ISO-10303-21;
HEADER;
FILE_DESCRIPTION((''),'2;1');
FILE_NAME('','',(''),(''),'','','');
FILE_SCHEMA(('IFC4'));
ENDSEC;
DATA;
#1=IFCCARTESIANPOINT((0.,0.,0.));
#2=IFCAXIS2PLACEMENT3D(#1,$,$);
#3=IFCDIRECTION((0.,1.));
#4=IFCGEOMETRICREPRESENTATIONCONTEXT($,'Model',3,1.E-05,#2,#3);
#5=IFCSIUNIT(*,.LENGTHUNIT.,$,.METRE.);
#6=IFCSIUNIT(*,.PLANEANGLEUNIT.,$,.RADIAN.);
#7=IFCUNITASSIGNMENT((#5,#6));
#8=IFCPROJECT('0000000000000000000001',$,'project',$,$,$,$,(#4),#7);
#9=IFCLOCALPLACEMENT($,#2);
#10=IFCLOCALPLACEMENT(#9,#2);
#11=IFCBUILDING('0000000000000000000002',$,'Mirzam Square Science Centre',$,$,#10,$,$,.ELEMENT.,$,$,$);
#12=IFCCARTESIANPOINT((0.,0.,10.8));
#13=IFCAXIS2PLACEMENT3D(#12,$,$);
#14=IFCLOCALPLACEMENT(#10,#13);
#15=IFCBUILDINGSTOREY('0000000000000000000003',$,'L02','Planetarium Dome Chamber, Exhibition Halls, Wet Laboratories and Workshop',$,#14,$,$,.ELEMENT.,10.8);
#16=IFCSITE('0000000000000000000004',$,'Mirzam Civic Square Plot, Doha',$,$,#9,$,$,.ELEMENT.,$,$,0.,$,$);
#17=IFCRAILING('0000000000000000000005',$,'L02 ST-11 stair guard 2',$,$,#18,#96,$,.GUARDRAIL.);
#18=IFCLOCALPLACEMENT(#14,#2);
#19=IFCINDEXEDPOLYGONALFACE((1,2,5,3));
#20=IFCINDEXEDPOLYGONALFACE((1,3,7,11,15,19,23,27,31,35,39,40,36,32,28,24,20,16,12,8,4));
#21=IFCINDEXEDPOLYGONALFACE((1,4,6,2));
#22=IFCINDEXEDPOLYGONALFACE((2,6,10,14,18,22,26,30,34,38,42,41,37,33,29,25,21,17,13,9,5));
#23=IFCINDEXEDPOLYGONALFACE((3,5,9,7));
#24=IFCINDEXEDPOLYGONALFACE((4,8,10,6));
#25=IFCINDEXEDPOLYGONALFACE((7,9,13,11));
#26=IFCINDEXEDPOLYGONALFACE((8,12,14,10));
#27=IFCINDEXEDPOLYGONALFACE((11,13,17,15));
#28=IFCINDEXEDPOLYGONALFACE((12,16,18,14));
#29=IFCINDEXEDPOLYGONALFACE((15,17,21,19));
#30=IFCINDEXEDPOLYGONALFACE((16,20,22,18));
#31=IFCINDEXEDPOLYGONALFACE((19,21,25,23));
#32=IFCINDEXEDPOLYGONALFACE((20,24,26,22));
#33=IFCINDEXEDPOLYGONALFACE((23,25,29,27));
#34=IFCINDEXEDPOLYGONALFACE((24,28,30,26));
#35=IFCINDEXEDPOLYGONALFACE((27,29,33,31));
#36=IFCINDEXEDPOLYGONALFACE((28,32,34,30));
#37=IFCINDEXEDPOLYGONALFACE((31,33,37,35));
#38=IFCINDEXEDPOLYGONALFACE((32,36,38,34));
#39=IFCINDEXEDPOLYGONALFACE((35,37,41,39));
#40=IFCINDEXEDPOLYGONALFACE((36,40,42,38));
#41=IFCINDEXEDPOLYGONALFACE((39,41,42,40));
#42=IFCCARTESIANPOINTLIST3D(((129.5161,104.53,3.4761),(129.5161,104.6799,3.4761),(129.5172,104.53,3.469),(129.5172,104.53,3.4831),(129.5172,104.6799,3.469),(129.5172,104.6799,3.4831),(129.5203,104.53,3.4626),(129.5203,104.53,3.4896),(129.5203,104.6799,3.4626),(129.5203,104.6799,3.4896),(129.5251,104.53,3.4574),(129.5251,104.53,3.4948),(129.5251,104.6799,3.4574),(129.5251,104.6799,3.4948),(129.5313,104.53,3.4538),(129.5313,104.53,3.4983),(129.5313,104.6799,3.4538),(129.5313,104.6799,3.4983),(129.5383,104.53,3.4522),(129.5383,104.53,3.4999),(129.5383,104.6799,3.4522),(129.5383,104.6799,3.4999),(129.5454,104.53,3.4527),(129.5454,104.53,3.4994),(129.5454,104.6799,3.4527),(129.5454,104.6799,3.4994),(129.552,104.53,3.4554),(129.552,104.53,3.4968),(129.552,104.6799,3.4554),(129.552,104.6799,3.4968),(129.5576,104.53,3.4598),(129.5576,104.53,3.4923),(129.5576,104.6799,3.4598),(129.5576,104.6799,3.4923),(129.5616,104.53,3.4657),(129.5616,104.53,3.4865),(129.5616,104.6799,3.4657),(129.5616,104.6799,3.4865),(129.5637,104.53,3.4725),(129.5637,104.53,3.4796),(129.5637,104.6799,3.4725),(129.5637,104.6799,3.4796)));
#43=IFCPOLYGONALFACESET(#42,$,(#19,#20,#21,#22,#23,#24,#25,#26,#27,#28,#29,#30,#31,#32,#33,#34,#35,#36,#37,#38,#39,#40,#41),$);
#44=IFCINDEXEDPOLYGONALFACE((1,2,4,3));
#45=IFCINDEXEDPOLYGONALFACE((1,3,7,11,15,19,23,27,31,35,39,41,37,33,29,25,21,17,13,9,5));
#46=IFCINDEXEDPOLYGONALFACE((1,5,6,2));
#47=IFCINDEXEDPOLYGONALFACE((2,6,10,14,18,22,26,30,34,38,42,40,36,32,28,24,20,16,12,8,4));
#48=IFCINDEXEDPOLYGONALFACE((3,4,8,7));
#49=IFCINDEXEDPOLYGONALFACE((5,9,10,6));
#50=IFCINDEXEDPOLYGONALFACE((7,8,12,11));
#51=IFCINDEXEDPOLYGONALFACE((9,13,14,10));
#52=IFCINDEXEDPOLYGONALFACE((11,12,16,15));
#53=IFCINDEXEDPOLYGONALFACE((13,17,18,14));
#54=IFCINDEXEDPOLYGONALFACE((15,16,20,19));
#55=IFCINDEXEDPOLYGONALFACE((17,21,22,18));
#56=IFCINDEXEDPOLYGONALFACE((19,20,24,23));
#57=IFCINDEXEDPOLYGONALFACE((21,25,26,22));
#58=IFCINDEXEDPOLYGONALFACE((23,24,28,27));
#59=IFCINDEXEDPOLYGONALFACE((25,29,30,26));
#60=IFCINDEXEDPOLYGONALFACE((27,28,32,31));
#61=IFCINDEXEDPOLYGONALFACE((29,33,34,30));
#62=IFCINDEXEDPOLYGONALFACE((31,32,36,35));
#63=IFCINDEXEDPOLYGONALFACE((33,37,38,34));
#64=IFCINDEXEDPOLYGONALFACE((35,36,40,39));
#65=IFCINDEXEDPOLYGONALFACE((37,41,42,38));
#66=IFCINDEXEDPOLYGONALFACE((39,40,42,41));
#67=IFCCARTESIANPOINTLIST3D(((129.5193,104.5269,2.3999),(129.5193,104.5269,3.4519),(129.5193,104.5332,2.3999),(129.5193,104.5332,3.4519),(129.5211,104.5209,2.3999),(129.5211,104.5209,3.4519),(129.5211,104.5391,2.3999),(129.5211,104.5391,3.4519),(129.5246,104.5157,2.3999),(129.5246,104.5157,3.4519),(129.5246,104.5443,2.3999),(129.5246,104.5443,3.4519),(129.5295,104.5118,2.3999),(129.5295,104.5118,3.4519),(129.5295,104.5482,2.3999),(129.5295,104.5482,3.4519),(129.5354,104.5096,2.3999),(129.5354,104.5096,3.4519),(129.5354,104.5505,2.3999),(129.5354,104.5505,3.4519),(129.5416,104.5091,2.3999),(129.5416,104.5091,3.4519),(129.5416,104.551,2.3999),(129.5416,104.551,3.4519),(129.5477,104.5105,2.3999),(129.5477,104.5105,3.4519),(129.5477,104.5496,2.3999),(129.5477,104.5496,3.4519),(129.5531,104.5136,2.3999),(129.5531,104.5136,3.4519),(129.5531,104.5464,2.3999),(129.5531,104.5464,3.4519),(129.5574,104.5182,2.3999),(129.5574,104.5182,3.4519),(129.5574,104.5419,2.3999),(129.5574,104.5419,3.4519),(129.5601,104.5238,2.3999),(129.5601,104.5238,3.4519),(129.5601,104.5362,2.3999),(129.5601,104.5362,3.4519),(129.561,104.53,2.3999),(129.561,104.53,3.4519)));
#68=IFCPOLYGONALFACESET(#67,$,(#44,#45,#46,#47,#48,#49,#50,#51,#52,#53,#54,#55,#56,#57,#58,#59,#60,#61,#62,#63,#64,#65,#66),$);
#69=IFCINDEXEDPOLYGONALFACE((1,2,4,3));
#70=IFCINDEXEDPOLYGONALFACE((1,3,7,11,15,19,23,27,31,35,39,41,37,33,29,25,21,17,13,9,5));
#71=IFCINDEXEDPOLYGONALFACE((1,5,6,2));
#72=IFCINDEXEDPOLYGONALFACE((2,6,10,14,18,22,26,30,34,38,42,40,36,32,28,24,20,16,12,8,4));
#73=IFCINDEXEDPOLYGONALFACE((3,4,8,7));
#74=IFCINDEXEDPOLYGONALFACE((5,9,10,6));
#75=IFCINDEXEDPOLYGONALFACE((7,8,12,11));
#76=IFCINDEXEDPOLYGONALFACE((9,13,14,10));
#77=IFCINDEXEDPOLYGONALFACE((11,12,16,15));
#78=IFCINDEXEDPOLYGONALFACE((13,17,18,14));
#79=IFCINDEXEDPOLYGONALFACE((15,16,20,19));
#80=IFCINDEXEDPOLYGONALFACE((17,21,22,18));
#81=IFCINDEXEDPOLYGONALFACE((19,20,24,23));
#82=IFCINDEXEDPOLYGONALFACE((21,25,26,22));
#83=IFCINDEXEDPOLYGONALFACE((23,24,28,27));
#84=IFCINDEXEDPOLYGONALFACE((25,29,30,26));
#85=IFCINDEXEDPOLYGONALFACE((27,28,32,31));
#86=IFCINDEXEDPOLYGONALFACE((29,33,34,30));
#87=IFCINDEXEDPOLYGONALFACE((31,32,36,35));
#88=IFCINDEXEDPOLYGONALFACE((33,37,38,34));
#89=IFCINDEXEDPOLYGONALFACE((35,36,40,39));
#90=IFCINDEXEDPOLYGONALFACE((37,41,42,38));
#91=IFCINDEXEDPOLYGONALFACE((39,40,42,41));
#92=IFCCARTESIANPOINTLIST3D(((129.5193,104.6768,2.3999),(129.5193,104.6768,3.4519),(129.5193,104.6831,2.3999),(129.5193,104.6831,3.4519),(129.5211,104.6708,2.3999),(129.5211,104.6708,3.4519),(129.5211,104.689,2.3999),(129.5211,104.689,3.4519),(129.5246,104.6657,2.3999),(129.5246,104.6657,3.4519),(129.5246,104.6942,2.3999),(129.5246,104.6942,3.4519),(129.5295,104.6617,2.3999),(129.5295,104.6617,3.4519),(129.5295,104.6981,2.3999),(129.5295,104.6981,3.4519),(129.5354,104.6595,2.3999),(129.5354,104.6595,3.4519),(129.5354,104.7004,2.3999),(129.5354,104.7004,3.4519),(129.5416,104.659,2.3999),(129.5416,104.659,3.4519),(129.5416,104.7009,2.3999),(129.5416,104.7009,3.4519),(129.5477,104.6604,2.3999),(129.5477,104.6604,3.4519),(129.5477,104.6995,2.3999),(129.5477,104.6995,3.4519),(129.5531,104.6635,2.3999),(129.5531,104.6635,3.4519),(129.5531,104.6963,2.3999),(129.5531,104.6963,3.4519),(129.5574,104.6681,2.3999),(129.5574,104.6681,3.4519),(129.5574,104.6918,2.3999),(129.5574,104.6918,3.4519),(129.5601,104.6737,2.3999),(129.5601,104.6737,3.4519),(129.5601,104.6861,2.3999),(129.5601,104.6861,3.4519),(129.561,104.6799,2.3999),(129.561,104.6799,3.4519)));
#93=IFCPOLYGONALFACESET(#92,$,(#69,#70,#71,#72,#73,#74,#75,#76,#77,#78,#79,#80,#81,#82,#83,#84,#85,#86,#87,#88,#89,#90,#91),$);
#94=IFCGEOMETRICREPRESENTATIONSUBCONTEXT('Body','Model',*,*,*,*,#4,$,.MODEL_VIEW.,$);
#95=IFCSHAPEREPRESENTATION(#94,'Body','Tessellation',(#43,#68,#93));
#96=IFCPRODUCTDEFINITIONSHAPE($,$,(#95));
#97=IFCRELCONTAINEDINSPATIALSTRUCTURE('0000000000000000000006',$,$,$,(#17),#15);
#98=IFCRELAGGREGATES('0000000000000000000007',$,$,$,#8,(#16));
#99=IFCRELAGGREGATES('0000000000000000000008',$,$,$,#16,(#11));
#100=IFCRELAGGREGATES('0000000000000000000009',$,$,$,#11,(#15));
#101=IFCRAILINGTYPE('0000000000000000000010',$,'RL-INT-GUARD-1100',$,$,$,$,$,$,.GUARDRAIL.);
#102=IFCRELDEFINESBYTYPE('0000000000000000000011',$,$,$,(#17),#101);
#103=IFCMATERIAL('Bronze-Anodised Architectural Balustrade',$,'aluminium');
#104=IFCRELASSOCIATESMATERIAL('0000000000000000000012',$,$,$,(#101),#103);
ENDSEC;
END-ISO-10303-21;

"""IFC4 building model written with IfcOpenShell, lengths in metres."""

from ifc_helpers import new_model, si_unit, direction, frame, origin, origin_2d, place, context, subcontext, project, spatial, circle, extrude, material, type_object, element, save


model = new_model("IFC4")

# Units and contexts
model_context = context("Model", 3, precision=1e-05, world=origin(), true_north=direction((0.0, 1.0)))
body_context = subcontext(model_context, "Body", "Model", "MODEL_VIEW")
ifc_project = project(units=[si_unit("LENGTHUNIT", "METRE"), si_unit("PLANEANGLEUNIT", "RADIAN")], contexts=[model_context])

# Site, building, storey
site_placement = place(None, origin())
site = spatial("IfcSite", under=ifc_project, at=site_placement, Name="Mirzam Civic Square Plot, Doha", CompositionType="ELEMENT", RefElevation=0.0)
building_placement = place(site_placement, origin())
building = spatial("IfcBuilding", under=site, at=building_placement, Name="Mirzam Square Science Centre", CompositionType="ELEMENT")
storey_placement = place(building_placement, frame((0.0, 0.0, 10.8)))
storey = spatial("IfcBuildingStorey", under=building, at=storey_placement, Name="L02", Description="Planetarium Dome Chamber, Exhibition Halls, Wet Laboratories and Workshop", CompositionType="ELEMENT", Elevation=10.8)

# Railing
ifc_material_1 = material(Name="Bronze-Anodised Architectural Balustrade", Category="aluminium")
railing_type_1 = type_object("IfcRailingType", Name="RL-INT-GUARD-1100", PredefinedType="GUARDRAIL", material=ifc_material_1)
railing_1_placement = place(storey_placement, frame((129.54, 104.53, 2.3999)))
element("IfcRailing", 1, at=railing_1_placement, inside=storey, type_object=railing_type_1, Name="L02 ST-11 stair guard 2", PredefinedType="GUARDRAIL", context=body_context, shape_type="SweptSolid", body=[
    extrude(circle(Radius=0.0239, at=origin_2d()), frame((0.0, 0.0, 1.0762), z_axis=(0.0, 1.0, 0.0), x_axis=(-1.0, 0.0, 0.0)), (0.0, 0.0, 1.0), 0.1499),
    extrude(circle(Radius=0.021, at=origin_2d()), origin(), (0.0, 0.0, 1.0), 1.052),
    extrude(circle(Radius=0.021, at=origin_2d()), frame((0.0, 0.1499, 0.0)), (0.0, 0.0, 1.0), 1.052),
])

save(model, "model.ifc")
